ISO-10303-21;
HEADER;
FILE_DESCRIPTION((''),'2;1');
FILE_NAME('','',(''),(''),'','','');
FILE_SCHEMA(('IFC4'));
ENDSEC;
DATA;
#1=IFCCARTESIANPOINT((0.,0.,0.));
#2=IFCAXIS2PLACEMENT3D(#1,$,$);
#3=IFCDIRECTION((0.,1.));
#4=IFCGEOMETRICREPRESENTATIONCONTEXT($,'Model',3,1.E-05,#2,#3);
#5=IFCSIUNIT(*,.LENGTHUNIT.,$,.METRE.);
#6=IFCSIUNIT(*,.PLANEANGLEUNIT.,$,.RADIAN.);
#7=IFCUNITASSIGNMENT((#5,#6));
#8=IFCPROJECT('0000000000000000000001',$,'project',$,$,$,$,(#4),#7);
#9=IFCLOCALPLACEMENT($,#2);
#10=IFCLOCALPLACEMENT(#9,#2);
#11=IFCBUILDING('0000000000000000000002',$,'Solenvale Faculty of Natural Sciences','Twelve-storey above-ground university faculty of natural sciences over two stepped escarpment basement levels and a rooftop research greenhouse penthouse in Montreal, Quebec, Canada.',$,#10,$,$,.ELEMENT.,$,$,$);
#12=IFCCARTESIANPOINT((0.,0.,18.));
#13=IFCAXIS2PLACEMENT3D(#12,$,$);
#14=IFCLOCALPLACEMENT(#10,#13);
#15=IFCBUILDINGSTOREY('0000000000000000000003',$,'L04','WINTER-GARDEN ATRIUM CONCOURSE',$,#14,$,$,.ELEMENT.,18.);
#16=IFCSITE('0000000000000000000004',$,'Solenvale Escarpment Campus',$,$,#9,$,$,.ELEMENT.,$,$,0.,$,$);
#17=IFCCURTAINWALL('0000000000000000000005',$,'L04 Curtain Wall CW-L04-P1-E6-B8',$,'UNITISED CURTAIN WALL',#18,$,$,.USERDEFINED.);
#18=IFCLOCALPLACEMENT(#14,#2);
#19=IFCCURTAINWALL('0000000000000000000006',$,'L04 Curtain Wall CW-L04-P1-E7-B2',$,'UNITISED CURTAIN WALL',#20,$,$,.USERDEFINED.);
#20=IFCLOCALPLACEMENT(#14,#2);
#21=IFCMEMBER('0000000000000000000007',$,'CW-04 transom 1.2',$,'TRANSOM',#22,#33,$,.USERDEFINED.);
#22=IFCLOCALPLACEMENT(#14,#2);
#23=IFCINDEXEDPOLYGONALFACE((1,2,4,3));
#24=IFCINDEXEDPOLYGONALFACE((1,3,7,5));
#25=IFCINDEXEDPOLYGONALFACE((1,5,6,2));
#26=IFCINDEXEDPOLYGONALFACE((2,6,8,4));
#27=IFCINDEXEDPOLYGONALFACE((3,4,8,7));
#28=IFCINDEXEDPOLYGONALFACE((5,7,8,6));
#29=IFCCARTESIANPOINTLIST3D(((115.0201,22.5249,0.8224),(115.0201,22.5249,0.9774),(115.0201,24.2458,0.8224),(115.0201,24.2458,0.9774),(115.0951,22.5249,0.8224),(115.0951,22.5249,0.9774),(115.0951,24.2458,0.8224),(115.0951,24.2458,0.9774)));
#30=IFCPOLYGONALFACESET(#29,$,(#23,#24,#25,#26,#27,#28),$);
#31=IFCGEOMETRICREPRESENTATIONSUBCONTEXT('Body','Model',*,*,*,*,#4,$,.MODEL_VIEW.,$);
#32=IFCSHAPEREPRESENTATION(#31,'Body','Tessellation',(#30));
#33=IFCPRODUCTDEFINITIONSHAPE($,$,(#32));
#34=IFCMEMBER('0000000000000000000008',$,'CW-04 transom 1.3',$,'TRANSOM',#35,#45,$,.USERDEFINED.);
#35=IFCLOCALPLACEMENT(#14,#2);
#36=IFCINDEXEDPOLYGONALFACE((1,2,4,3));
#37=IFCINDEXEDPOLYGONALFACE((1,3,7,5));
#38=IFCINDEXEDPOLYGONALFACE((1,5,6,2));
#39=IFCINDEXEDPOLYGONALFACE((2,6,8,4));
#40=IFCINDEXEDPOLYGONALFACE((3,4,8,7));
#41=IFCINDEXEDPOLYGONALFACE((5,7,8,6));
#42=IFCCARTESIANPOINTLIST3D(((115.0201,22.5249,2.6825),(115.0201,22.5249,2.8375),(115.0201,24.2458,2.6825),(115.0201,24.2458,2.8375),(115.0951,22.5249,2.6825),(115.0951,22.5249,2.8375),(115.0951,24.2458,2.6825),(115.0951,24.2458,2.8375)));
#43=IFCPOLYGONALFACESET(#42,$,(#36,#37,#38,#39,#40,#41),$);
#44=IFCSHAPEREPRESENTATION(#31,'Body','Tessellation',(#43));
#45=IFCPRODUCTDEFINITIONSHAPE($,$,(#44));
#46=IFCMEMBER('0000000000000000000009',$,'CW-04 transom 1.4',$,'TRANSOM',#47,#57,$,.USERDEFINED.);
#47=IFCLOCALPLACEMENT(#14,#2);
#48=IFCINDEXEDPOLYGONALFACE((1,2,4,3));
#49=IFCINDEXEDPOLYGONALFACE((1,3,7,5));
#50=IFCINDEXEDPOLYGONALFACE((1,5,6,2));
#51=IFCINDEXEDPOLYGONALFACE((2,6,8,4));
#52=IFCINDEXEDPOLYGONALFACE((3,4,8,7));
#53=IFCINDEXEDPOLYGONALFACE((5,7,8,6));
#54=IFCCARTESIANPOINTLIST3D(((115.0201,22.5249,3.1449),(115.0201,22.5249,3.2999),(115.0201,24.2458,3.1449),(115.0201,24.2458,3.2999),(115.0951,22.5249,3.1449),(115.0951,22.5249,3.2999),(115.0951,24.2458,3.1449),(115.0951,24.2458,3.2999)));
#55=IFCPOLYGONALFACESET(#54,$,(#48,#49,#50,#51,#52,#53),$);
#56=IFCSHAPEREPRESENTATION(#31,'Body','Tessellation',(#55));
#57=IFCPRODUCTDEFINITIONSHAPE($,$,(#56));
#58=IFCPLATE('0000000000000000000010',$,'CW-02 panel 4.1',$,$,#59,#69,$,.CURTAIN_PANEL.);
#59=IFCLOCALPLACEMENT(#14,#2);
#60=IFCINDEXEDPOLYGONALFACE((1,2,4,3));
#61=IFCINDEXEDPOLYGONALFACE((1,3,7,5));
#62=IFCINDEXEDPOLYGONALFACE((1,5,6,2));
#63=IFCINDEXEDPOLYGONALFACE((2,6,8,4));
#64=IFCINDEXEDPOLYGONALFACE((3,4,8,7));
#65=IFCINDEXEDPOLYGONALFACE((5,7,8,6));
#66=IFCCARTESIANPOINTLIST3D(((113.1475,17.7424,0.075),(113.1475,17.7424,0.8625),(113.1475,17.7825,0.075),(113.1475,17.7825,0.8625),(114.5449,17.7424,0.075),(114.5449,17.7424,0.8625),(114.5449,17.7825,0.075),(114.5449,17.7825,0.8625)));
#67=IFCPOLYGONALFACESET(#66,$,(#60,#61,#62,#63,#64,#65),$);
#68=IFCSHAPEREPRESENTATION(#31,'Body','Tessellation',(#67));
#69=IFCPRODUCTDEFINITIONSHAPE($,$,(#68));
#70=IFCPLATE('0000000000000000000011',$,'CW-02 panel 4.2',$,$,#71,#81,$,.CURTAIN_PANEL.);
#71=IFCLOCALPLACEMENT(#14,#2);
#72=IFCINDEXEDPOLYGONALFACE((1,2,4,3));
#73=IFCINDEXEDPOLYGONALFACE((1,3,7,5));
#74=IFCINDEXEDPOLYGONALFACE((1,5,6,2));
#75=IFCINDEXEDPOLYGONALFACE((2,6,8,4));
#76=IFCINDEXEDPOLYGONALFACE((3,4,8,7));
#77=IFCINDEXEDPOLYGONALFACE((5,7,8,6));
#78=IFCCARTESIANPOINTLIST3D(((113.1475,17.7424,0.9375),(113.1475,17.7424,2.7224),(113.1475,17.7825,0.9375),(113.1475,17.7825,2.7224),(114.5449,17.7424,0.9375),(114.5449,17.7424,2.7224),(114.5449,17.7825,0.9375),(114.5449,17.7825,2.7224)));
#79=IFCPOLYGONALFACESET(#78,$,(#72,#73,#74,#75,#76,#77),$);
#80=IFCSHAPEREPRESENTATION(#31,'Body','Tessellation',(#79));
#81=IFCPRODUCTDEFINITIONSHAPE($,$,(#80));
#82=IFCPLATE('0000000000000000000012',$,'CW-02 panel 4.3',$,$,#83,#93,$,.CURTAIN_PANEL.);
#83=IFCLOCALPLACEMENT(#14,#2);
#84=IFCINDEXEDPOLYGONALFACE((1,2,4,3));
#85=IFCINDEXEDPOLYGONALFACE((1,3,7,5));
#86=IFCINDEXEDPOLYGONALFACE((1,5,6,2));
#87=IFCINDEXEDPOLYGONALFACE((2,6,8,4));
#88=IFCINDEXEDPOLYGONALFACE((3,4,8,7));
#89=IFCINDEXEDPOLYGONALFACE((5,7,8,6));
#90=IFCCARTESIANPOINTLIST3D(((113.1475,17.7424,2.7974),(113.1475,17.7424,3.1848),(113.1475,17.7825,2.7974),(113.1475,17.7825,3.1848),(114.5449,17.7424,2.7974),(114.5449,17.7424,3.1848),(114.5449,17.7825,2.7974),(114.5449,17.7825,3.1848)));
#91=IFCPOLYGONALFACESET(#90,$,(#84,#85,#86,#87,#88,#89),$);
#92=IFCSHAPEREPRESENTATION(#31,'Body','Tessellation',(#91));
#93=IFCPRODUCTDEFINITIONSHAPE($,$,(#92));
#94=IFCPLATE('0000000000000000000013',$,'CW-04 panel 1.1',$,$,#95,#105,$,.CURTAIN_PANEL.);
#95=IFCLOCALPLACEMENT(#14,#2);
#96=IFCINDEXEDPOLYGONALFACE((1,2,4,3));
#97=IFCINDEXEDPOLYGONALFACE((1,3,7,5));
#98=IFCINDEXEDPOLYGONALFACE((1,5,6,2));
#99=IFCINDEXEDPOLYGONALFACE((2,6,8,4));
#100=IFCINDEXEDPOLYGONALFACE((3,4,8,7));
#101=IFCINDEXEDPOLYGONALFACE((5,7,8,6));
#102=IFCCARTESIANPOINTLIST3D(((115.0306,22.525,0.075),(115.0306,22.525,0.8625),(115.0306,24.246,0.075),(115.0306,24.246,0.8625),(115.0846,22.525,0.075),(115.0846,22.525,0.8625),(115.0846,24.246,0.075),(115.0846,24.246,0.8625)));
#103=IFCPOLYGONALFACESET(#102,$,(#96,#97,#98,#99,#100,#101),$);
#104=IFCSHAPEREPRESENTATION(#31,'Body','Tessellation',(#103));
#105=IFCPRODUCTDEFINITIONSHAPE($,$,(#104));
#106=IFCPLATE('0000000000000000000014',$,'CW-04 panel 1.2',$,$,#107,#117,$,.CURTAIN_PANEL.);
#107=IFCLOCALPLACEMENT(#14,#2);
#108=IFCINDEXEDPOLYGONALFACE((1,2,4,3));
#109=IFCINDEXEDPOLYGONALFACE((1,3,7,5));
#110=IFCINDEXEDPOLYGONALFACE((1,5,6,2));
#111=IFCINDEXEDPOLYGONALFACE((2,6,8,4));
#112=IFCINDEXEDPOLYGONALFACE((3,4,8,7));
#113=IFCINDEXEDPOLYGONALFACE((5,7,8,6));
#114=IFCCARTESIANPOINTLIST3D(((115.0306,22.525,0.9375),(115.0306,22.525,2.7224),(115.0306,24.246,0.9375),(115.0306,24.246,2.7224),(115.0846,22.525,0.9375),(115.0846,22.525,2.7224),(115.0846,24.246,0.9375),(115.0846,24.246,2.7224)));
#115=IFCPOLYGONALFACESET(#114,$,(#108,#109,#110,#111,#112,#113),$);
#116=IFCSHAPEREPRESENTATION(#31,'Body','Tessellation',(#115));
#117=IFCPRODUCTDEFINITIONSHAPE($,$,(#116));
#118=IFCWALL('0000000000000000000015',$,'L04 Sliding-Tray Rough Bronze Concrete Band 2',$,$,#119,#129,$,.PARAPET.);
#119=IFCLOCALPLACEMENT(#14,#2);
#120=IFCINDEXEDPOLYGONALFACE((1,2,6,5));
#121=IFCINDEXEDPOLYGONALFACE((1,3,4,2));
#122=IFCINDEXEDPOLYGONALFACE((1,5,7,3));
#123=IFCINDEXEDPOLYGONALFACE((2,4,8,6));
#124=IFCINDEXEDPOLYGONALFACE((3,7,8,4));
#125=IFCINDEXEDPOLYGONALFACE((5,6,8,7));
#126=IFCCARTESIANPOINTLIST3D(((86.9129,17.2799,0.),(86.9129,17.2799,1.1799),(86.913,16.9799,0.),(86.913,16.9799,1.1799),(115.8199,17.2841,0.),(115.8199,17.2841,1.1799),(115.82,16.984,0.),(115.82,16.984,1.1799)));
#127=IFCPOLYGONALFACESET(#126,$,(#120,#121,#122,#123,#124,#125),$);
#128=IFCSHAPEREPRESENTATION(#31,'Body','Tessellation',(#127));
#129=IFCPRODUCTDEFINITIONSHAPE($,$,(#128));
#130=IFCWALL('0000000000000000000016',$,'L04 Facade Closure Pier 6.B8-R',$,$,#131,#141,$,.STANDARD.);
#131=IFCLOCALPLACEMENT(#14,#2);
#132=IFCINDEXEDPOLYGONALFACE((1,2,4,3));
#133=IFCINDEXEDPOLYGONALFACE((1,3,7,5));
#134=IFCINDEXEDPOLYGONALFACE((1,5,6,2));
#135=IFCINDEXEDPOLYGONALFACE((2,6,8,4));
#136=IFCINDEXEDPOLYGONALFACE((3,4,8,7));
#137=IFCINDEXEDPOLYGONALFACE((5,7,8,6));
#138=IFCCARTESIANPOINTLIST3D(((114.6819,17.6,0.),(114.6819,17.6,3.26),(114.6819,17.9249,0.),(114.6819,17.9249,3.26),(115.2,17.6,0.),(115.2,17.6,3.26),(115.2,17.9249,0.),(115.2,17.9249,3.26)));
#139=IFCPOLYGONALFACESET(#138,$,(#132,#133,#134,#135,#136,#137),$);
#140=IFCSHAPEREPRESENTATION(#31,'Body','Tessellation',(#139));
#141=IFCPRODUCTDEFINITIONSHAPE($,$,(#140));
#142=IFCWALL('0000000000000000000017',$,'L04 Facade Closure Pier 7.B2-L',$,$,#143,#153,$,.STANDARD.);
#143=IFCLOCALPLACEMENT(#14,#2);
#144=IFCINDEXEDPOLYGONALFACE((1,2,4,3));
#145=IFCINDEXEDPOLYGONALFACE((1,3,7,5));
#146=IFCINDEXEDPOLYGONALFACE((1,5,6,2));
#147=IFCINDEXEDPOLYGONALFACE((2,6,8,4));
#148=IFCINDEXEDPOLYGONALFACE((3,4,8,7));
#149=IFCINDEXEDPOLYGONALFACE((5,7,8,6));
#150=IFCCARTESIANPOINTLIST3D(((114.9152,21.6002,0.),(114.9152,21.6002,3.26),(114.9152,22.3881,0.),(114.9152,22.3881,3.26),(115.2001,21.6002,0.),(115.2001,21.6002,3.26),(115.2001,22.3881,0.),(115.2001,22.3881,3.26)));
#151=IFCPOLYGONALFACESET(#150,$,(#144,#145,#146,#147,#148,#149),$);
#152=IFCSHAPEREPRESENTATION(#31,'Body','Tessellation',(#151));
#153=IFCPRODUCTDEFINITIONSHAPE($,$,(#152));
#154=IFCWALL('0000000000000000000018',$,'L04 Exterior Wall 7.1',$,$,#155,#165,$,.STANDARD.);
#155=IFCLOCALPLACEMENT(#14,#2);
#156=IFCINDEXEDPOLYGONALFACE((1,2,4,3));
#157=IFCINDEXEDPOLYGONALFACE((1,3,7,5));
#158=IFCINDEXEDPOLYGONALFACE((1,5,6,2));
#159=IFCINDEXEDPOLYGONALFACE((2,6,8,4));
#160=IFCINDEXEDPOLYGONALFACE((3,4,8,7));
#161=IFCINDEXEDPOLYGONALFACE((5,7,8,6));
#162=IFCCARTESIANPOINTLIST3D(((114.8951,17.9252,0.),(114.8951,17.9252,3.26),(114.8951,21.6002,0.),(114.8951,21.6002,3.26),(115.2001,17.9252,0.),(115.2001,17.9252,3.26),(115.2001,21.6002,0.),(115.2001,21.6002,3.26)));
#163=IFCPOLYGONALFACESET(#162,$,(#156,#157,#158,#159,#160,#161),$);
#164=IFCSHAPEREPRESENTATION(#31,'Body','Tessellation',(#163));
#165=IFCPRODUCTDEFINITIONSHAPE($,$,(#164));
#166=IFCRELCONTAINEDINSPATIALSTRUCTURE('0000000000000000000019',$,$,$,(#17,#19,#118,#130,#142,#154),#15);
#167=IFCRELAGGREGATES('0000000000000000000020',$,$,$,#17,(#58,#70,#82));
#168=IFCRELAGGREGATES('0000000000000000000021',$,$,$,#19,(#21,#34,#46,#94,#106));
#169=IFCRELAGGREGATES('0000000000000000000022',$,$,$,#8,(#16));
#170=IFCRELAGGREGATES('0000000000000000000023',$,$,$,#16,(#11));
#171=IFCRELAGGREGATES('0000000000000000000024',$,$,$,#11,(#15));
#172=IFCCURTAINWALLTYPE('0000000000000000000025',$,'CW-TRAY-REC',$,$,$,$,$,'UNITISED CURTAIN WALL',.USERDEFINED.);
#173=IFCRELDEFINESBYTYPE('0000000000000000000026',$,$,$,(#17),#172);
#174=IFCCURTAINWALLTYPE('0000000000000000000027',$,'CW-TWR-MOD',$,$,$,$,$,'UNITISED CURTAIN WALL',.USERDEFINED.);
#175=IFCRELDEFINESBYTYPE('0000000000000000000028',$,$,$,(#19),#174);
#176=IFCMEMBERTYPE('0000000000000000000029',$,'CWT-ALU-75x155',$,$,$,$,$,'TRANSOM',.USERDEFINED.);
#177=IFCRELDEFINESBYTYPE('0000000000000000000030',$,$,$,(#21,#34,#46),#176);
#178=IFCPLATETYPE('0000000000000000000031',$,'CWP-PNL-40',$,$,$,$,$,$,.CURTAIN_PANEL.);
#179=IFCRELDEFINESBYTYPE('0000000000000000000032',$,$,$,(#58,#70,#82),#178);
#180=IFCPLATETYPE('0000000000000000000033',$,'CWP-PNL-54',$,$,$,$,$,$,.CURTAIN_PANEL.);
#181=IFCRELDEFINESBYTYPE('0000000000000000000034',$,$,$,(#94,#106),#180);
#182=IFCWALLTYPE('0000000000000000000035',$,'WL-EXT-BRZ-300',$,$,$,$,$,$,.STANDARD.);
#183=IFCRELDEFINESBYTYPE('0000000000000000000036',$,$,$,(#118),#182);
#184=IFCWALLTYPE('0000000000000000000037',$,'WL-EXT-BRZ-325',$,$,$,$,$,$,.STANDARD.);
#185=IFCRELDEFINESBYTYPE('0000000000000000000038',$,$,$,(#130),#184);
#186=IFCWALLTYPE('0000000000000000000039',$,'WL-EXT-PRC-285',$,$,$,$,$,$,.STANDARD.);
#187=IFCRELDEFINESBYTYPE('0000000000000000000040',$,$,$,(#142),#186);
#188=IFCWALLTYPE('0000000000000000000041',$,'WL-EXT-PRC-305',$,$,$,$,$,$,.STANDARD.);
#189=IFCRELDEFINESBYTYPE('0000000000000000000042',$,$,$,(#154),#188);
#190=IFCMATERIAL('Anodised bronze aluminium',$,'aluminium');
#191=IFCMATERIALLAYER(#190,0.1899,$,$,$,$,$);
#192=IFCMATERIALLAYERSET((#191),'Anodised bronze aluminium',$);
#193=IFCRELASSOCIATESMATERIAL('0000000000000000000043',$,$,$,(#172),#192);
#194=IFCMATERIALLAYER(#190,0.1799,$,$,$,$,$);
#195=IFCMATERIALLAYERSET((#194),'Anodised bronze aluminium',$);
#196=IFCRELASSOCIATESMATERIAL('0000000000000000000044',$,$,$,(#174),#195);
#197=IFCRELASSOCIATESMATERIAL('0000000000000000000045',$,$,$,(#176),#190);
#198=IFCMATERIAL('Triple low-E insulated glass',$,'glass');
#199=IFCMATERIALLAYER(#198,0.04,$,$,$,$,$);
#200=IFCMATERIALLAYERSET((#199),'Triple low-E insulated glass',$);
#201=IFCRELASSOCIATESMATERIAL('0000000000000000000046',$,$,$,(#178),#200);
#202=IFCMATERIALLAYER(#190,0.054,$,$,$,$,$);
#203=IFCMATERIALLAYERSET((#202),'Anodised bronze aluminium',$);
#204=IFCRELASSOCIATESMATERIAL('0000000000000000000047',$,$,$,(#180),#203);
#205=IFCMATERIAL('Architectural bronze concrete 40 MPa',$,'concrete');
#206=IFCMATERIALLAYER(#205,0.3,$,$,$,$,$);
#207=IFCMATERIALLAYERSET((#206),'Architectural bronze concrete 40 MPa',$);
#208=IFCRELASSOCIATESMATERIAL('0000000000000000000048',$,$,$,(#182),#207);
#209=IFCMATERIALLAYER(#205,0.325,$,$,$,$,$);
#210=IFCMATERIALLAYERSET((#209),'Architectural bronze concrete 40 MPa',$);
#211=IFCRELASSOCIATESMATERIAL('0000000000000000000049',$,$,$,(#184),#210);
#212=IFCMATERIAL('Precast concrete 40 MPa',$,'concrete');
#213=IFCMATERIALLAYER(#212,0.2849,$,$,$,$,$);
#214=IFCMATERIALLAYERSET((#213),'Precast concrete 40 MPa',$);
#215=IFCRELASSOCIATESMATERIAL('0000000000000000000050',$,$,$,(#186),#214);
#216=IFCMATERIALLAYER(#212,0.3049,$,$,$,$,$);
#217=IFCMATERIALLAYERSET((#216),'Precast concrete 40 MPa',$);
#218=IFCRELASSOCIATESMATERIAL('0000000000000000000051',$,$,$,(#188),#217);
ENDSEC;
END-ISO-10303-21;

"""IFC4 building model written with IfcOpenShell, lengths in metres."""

from ifc_helpers import new_model, si_unit, direction, frame, frame_2d, origin, origin_2d, place, context, subcontext, project, spatial, rectangle, extrude, material, layer, layer_set, material_profile, profile_set, type_object, element, aggregate, save


model = new_model("IFC4")

# Units and contexts
model_context = context("Model", 3, precision=1e-05, world=origin(), true_north=direction((0.0, 1.0)))
body_context = subcontext(model_context, "Body", "Model", "MODEL_VIEW")
ifc_project = project(units=[si_unit("LENGTHUNIT", "METRE"), si_unit("PLANEANGLEUNIT", "RADIAN")], contexts=[model_context])

# Site, building, storey
site_placement = place(None, origin())
site = spatial("IfcSite", under=ifc_project, at=site_placement, Name="Solenvale Escarpment Campus", CompositionType="ELEMENT", RefElevation=0.0)
building_placement = place(site_placement, origin())
building = spatial("IfcBuilding", under=site, at=building_placement, Name="Solenvale Faculty of Natural Sciences", Description="Twelve-storey above-ground university faculty of natural sciences over two stepped escarpment basement levels and a rooftop research greenhouse penthouse in Montreal, Quebec, Canada.", CompositionType="ELEMENT")
storey_placement = place(building_placement, frame((0.0, 0.0, 18.0)))
storey = spatial("IfcBuildingStorey", under=building, at=storey_placement, Name="L04", Description="WINTER-GARDEN ATRIUM CONCOURSE", CompositionType="ELEMENT", Elevation=18.0)

# Curtain wall
ifc_material_1 = material(Name="Anodised bronze aluminium", Category="aluminium")
ifc_layer_1 = layer(ifc_material_1, 0.1899)
ifc_layer_set_1 = layer_set([ifc_layer_1], Name="Anodised bronze aluminium")
curtain_wall_type_1 = type_object("IfcCurtainWallType", Name="CW-TRAY-REC", ElementType="UNITISED CURTAIN WALL", PredefinedType="USERDEFINED", material=ifc_layer_set_1)
curtain_wall_1_placement = place(storey_placement, origin())
curtain_wall_1 = element("IfcCurtainWall", 1, at=curtain_wall_1_placement, inside=storey, type_object=curtain_wall_type_1, Name="L04 Curtain Wall CW-L04-P1-E6-B8", ObjectType="UNITISED CURTAIN WALL", PredefinedType="USERDEFINED")

# Curtain wall
ifc_layer_2 = layer(ifc_material_1, 0.1799)
ifc_layer_set_2 = layer_set([ifc_layer_2], Name="Anodised bronze aluminium")
curtain_wall_type_2 = type_object("IfcCurtainWallType", Name="CW-TWR-MOD", ElementType="UNITISED CURTAIN WALL", PredefinedType="USERDEFINED", material=ifc_layer_set_2)
curtain_wall_2_placement = place(storey_placement, origin())
curtain_wall_2 = element("IfcCurtainWall", 2, at=curtain_wall_2_placement, inside=storey, type_object=curtain_wall_type_2, Name="L04 Curtain Wall CW-L04-P1-E7-B2", ObjectType="UNITISED CURTAIN WALL", PredefinedType="USERDEFINED")

# Members
ifc_material_profile_1 = material_profile(ifc_material_1, rectangle(XDim=0.075, YDim=0.155, at=origin_2d()), Name="ALU-TRN-75x155")
ifc_profile_set_1 = profile_set([ifc_material_profile_1], Name="Anodised bronze aluminium")
member_type_1 = type_object("IfcMemberType", Name="CWT-ALU-75x155", ElementType="TRANSOM", PredefinedType="USERDEFINED", material=ifc_profile_set_1)
member_1_placement = place(storey_placement, frame((115.0576, 22.5249, 0.8999), z_axis=(0.0, 1.0, 0.0), x_axis=(-1.0, 0.0, 0.0)))
member_1 = element("IfcMember", 3, at=member_1_placement, type_object=member_type_1, Name="CW-04 transom 1.2", ObjectType="TRANSOM", PredefinedType="USERDEFINED", context=body_context, shape_type="SweptSolid", body=[
    extrude(rectangle(XDim=0.075, YDim=0.155, at=origin_2d()), origin(), (0.0, 0.0, 1.0), 1.7209),
])
member_2_placement = place(storey_placement, frame((115.0576, 22.5249, 2.76), z_axis=(0.0, 1.0, 0.0), x_axis=(-1.0, 0.0, 0.0)))
member_2 = element("IfcMember", 4, at=member_2_placement, type_object=member_type_1, Name="CW-04 transom 1.3", ObjectType="TRANSOM", PredefinedType="USERDEFINED", context=body_context, shape_type="SweptSolid", body=[
    extrude(rectangle(XDim=0.075, YDim=0.155, at=origin_2d()), origin(), (0.0, 0.0, 1.0), 1.7209),
])
member_3_placement = place(storey_placement, frame((115.0576, 22.5249, 3.2224), z_axis=(0.0, 1.0, 0.0), x_axis=(-1.0, 0.0, 0.0)))
member_3 = element("IfcMember", 5, at=member_3_placement, type_object=member_type_1, Name="CW-04 transom 1.4", ObjectType="TRANSOM", PredefinedType="USERDEFINED", context=body_context, shape_type="SweptSolid", body=[
    extrude(rectangle(XDim=0.075, YDim=0.155, at=origin_2d()), origin(), (0.0, 0.0, 1.0), 1.7209),
])

# Plates
ifc_material_2 = material(Name="Triple low-E insulated glass", Category="glass")
ifc_layer_3 = layer(ifc_material_2, 0.04)
ifc_layer_set_3 = layer_set([ifc_layer_3], Name="Triple low-E insulated glass")
plate_type_1 = type_object("IfcPlateType", Name="CWP-PNL-40", PredefinedType="CURTAIN_PANEL", material=ifc_layer_set_3)
plate_1_placement = place(storey_placement, frame((113.8462, 17.7625, 0.075), z_axis=(0.0, 0.0, 1.0), x_axis=(1.0, 0.0, 0.0)))
plate_1 = element("IfcPlate", 6, at=plate_1_placement, type_object=plate_type_1, Name="CW-02 panel 4.1", PredefinedType="CURTAIN_PANEL", context=body_context, shape_type="SweptSolid", body=[
    extrude(rectangle(XDim=1.3975, YDim=0.04, at=origin_2d()), origin(), (0.0, 0.0, 1.0), 0.7876),
])
plate_2_placement = place(storey_placement, frame((113.8462, 17.7625, 0.9375), z_axis=(0.0, 0.0, 1.0), x_axis=(1.0, 0.0, 0.0)))
plate_2 = element("IfcPlate", 7, at=plate_2_placement, type_object=plate_type_1, Name="CW-02 panel 4.2", PredefinedType="CURTAIN_PANEL", context=body_context, shape_type="SweptSolid", body=[
    extrude(rectangle(XDim=1.3975, YDim=0.04, at=origin_2d()), origin(), (0.0, 0.0, 1.0), 1.7849),
])
plate_3_placement = place(storey_placement, frame((113.8462, 17.7625, 2.7974), z_axis=(0.0, 0.0, 1.0), x_axis=(1.0, 0.0, 0.0)))
plate_3 = element("IfcPlate", 8, at=plate_3_placement, type_object=plate_type_1, Name="CW-02 panel 4.3", PredefinedType="CURTAIN_PANEL", context=body_context, shape_type="SweptSolid", body=[
    extrude(rectangle(XDim=1.3975, YDim=0.04, at=origin_2d()), origin(), (0.0, 0.0, 1.0), 0.3875),
])
aggregate(curtain_wall_1, [plate_1, plate_2, plate_3])
ifc_layer_4 = layer(ifc_material_1, 0.054)
ifc_layer_set_4 = layer_set([ifc_layer_4], Name="Anodised bronze aluminium")
plate_type_2 = type_object("IfcPlateType", Name="CWP-PNL-54", PredefinedType="CURTAIN_PANEL", material=ifc_layer_set_4)
plate_4_placement = place(storey_placement, frame((115.0576, 23.3855, 0.075), z_axis=(0.0, 0.0, 1.0), x_axis=(0.0, 1.0, 0.0)))
plate_4 = element("IfcPlate", 9, at=plate_4_placement, type_object=plate_type_2, Name="CW-04 panel 1.1", PredefinedType="CURTAIN_PANEL", context=body_context, shape_type="SweptSolid", body=[
    extrude(rectangle(XDim=1.7209, YDim=0.054, at=origin_2d()), origin(), (0.0, 0.0, 1.0), 0.7876),
])
plate_5_placement = place(storey_placement, frame((115.0576, 23.3855, 0.9375), z_axis=(0.0, 0.0, 1.0), x_axis=(0.0, 1.0, 0.0)))
plate_5 = element("IfcPlate", 10, at=plate_5_placement, type_object=plate_type_2, Name="CW-04 panel 1.2", PredefinedType="CURTAIN_PANEL", context=body_context, shape_type="SweptSolid", body=[
    extrude(rectangle(XDim=1.7209, YDim=0.054, at=origin_2d()), origin(), (0.0, 0.0, 1.0), 1.7849),
])
aggregate(curtain_wall_2, [member_1, member_2, member_3, plate_4, plate_5])

# Walls
ifc_material_3 = material(Name="Architectural bronze concrete 40 MPa", Category="concrete")
ifc_layer_5 = layer(ifc_material_3, 0.3)
ifc_layer_set_5 = layer_set([ifc_layer_5], Name="Architectural bronze concrete 40 MPa")
wall_type_1 = type_object("IfcWallType", Name="WL-EXT-BRZ-300", PredefinedType="STANDARD", material=ifc_layer_set_5)
wall_1_placement = place(storey_placement, frame((115.8201, 17.134, 0.0), z_axis=(0.0, 0.0, 1.0), x_axis=(-1.0, -0.000144, 0.0)))
element("IfcWall", 11, at=wall_1_placement, inside=storey, type_object=wall_type_1, Name="L04 Sliding-Tray Rough Bronze Concrete Band 2", PredefinedType="PARAPET", context=body_context, shape_type="SweptSolid", body=[
    extrude(rectangle(XDim=28.907, YDim=0.3, at=frame_2d((14.4536, 0.0))), origin(), (0.0, 0.0, 1.0), 1.1799),
])
ifc_layer_6 = layer(ifc_material_3, 0.325)
ifc_layer_set_6 = layer_set([ifc_layer_6], Name="Architectural bronze concrete 40 MPa")
wall_type_2 = type_object("IfcWallType", Name="WL-EXT-BRZ-325", PredefinedType="STANDARD", material=ifc_layer_set_6)
wall_2_placement = place(storey_placement, frame((114.6819, 17.7625, 0.0), z_axis=(0.0, 0.0, 1.0), x_axis=(1.0, 0.0, 0.0)))
element("IfcWall", 12, at=wall_2_placement, inside=storey, type_object=wall_type_2, Name="L04 Facade Closure Pier 6.B8-R", PredefinedType="STANDARD", context=body_context, shape_type="SweptSolid", body=[
    extrude(rectangle(XDim=0.5181, YDim=0.325, at=frame_2d((0.259, 0.0))), origin(), (0.0, 0.0, 1.0), 3.26),
])
ifc_material_4 = material(Name="Precast concrete 40 MPa", Category="concrete")
ifc_layer_7 = layer(ifc_material_4, 0.2849)
ifc_layer_set_7 = layer_set([ifc_layer_7], Name="Precast concrete 40 MPa")
wall_type_3 = type_object("IfcWallType", Name="WL-EXT-PRC-285", PredefinedType="STANDARD", material=ifc_layer_set_7)
wall_3_placement = place(storey_placement, frame((115.0576, 21.6001, 0.0), z_axis=(0.0, 0.0, 1.0), x_axis=(0.0, 1.0, 0.0)))
element("IfcWall", 13, at=wall_3_placement, inside=storey, type_object=wall_type_3, Name="L04 Facade Closure Pier 7.B2-L", PredefinedType="STANDARD", context=body_context, shape_type="SweptSolid", body=[
    extrude(rectangle(XDim=0.7878, YDim=0.2849, at=frame_2d((0.394, 0.0))), origin(), (0.0, 0.0, 1.0), 3.26),
])
ifc_layer_8 = layer(ifc_material_4, 0.3049)
ifc_layer_set_8 = layer_set([ifc_layer_8], Name="Precast concrete 40 MPa")
wall_type_4 = type_object("IfcWallType", Name="WL-EXT-PRC-305", PredefinedType="STANDARD", material=ifc_layer_set_8)
wall_4_placement = place(storey_placement, frame((115.0476, 21.6001, 0.0), z_axis=(0.0, 0.0, 1.0), x_axis=(0.0, -1.0, 0.0)))
element("IfcWall", 14, at=wall_4_placement, inside=storey, type_object=wall_type_4, Name="L04 Exterior Wall 7.1", PredefinedType="STANDARD", context=body_context, shape_type="SweptSolid", body=[
    extrude(rectangle(XDim=3.675, YDim=0.3049, at=frame_2d((1.8374, 0.0))), origin(), (0.0, 0.0, 1.0), 3.26),
])

save(model, "model.ifc")
